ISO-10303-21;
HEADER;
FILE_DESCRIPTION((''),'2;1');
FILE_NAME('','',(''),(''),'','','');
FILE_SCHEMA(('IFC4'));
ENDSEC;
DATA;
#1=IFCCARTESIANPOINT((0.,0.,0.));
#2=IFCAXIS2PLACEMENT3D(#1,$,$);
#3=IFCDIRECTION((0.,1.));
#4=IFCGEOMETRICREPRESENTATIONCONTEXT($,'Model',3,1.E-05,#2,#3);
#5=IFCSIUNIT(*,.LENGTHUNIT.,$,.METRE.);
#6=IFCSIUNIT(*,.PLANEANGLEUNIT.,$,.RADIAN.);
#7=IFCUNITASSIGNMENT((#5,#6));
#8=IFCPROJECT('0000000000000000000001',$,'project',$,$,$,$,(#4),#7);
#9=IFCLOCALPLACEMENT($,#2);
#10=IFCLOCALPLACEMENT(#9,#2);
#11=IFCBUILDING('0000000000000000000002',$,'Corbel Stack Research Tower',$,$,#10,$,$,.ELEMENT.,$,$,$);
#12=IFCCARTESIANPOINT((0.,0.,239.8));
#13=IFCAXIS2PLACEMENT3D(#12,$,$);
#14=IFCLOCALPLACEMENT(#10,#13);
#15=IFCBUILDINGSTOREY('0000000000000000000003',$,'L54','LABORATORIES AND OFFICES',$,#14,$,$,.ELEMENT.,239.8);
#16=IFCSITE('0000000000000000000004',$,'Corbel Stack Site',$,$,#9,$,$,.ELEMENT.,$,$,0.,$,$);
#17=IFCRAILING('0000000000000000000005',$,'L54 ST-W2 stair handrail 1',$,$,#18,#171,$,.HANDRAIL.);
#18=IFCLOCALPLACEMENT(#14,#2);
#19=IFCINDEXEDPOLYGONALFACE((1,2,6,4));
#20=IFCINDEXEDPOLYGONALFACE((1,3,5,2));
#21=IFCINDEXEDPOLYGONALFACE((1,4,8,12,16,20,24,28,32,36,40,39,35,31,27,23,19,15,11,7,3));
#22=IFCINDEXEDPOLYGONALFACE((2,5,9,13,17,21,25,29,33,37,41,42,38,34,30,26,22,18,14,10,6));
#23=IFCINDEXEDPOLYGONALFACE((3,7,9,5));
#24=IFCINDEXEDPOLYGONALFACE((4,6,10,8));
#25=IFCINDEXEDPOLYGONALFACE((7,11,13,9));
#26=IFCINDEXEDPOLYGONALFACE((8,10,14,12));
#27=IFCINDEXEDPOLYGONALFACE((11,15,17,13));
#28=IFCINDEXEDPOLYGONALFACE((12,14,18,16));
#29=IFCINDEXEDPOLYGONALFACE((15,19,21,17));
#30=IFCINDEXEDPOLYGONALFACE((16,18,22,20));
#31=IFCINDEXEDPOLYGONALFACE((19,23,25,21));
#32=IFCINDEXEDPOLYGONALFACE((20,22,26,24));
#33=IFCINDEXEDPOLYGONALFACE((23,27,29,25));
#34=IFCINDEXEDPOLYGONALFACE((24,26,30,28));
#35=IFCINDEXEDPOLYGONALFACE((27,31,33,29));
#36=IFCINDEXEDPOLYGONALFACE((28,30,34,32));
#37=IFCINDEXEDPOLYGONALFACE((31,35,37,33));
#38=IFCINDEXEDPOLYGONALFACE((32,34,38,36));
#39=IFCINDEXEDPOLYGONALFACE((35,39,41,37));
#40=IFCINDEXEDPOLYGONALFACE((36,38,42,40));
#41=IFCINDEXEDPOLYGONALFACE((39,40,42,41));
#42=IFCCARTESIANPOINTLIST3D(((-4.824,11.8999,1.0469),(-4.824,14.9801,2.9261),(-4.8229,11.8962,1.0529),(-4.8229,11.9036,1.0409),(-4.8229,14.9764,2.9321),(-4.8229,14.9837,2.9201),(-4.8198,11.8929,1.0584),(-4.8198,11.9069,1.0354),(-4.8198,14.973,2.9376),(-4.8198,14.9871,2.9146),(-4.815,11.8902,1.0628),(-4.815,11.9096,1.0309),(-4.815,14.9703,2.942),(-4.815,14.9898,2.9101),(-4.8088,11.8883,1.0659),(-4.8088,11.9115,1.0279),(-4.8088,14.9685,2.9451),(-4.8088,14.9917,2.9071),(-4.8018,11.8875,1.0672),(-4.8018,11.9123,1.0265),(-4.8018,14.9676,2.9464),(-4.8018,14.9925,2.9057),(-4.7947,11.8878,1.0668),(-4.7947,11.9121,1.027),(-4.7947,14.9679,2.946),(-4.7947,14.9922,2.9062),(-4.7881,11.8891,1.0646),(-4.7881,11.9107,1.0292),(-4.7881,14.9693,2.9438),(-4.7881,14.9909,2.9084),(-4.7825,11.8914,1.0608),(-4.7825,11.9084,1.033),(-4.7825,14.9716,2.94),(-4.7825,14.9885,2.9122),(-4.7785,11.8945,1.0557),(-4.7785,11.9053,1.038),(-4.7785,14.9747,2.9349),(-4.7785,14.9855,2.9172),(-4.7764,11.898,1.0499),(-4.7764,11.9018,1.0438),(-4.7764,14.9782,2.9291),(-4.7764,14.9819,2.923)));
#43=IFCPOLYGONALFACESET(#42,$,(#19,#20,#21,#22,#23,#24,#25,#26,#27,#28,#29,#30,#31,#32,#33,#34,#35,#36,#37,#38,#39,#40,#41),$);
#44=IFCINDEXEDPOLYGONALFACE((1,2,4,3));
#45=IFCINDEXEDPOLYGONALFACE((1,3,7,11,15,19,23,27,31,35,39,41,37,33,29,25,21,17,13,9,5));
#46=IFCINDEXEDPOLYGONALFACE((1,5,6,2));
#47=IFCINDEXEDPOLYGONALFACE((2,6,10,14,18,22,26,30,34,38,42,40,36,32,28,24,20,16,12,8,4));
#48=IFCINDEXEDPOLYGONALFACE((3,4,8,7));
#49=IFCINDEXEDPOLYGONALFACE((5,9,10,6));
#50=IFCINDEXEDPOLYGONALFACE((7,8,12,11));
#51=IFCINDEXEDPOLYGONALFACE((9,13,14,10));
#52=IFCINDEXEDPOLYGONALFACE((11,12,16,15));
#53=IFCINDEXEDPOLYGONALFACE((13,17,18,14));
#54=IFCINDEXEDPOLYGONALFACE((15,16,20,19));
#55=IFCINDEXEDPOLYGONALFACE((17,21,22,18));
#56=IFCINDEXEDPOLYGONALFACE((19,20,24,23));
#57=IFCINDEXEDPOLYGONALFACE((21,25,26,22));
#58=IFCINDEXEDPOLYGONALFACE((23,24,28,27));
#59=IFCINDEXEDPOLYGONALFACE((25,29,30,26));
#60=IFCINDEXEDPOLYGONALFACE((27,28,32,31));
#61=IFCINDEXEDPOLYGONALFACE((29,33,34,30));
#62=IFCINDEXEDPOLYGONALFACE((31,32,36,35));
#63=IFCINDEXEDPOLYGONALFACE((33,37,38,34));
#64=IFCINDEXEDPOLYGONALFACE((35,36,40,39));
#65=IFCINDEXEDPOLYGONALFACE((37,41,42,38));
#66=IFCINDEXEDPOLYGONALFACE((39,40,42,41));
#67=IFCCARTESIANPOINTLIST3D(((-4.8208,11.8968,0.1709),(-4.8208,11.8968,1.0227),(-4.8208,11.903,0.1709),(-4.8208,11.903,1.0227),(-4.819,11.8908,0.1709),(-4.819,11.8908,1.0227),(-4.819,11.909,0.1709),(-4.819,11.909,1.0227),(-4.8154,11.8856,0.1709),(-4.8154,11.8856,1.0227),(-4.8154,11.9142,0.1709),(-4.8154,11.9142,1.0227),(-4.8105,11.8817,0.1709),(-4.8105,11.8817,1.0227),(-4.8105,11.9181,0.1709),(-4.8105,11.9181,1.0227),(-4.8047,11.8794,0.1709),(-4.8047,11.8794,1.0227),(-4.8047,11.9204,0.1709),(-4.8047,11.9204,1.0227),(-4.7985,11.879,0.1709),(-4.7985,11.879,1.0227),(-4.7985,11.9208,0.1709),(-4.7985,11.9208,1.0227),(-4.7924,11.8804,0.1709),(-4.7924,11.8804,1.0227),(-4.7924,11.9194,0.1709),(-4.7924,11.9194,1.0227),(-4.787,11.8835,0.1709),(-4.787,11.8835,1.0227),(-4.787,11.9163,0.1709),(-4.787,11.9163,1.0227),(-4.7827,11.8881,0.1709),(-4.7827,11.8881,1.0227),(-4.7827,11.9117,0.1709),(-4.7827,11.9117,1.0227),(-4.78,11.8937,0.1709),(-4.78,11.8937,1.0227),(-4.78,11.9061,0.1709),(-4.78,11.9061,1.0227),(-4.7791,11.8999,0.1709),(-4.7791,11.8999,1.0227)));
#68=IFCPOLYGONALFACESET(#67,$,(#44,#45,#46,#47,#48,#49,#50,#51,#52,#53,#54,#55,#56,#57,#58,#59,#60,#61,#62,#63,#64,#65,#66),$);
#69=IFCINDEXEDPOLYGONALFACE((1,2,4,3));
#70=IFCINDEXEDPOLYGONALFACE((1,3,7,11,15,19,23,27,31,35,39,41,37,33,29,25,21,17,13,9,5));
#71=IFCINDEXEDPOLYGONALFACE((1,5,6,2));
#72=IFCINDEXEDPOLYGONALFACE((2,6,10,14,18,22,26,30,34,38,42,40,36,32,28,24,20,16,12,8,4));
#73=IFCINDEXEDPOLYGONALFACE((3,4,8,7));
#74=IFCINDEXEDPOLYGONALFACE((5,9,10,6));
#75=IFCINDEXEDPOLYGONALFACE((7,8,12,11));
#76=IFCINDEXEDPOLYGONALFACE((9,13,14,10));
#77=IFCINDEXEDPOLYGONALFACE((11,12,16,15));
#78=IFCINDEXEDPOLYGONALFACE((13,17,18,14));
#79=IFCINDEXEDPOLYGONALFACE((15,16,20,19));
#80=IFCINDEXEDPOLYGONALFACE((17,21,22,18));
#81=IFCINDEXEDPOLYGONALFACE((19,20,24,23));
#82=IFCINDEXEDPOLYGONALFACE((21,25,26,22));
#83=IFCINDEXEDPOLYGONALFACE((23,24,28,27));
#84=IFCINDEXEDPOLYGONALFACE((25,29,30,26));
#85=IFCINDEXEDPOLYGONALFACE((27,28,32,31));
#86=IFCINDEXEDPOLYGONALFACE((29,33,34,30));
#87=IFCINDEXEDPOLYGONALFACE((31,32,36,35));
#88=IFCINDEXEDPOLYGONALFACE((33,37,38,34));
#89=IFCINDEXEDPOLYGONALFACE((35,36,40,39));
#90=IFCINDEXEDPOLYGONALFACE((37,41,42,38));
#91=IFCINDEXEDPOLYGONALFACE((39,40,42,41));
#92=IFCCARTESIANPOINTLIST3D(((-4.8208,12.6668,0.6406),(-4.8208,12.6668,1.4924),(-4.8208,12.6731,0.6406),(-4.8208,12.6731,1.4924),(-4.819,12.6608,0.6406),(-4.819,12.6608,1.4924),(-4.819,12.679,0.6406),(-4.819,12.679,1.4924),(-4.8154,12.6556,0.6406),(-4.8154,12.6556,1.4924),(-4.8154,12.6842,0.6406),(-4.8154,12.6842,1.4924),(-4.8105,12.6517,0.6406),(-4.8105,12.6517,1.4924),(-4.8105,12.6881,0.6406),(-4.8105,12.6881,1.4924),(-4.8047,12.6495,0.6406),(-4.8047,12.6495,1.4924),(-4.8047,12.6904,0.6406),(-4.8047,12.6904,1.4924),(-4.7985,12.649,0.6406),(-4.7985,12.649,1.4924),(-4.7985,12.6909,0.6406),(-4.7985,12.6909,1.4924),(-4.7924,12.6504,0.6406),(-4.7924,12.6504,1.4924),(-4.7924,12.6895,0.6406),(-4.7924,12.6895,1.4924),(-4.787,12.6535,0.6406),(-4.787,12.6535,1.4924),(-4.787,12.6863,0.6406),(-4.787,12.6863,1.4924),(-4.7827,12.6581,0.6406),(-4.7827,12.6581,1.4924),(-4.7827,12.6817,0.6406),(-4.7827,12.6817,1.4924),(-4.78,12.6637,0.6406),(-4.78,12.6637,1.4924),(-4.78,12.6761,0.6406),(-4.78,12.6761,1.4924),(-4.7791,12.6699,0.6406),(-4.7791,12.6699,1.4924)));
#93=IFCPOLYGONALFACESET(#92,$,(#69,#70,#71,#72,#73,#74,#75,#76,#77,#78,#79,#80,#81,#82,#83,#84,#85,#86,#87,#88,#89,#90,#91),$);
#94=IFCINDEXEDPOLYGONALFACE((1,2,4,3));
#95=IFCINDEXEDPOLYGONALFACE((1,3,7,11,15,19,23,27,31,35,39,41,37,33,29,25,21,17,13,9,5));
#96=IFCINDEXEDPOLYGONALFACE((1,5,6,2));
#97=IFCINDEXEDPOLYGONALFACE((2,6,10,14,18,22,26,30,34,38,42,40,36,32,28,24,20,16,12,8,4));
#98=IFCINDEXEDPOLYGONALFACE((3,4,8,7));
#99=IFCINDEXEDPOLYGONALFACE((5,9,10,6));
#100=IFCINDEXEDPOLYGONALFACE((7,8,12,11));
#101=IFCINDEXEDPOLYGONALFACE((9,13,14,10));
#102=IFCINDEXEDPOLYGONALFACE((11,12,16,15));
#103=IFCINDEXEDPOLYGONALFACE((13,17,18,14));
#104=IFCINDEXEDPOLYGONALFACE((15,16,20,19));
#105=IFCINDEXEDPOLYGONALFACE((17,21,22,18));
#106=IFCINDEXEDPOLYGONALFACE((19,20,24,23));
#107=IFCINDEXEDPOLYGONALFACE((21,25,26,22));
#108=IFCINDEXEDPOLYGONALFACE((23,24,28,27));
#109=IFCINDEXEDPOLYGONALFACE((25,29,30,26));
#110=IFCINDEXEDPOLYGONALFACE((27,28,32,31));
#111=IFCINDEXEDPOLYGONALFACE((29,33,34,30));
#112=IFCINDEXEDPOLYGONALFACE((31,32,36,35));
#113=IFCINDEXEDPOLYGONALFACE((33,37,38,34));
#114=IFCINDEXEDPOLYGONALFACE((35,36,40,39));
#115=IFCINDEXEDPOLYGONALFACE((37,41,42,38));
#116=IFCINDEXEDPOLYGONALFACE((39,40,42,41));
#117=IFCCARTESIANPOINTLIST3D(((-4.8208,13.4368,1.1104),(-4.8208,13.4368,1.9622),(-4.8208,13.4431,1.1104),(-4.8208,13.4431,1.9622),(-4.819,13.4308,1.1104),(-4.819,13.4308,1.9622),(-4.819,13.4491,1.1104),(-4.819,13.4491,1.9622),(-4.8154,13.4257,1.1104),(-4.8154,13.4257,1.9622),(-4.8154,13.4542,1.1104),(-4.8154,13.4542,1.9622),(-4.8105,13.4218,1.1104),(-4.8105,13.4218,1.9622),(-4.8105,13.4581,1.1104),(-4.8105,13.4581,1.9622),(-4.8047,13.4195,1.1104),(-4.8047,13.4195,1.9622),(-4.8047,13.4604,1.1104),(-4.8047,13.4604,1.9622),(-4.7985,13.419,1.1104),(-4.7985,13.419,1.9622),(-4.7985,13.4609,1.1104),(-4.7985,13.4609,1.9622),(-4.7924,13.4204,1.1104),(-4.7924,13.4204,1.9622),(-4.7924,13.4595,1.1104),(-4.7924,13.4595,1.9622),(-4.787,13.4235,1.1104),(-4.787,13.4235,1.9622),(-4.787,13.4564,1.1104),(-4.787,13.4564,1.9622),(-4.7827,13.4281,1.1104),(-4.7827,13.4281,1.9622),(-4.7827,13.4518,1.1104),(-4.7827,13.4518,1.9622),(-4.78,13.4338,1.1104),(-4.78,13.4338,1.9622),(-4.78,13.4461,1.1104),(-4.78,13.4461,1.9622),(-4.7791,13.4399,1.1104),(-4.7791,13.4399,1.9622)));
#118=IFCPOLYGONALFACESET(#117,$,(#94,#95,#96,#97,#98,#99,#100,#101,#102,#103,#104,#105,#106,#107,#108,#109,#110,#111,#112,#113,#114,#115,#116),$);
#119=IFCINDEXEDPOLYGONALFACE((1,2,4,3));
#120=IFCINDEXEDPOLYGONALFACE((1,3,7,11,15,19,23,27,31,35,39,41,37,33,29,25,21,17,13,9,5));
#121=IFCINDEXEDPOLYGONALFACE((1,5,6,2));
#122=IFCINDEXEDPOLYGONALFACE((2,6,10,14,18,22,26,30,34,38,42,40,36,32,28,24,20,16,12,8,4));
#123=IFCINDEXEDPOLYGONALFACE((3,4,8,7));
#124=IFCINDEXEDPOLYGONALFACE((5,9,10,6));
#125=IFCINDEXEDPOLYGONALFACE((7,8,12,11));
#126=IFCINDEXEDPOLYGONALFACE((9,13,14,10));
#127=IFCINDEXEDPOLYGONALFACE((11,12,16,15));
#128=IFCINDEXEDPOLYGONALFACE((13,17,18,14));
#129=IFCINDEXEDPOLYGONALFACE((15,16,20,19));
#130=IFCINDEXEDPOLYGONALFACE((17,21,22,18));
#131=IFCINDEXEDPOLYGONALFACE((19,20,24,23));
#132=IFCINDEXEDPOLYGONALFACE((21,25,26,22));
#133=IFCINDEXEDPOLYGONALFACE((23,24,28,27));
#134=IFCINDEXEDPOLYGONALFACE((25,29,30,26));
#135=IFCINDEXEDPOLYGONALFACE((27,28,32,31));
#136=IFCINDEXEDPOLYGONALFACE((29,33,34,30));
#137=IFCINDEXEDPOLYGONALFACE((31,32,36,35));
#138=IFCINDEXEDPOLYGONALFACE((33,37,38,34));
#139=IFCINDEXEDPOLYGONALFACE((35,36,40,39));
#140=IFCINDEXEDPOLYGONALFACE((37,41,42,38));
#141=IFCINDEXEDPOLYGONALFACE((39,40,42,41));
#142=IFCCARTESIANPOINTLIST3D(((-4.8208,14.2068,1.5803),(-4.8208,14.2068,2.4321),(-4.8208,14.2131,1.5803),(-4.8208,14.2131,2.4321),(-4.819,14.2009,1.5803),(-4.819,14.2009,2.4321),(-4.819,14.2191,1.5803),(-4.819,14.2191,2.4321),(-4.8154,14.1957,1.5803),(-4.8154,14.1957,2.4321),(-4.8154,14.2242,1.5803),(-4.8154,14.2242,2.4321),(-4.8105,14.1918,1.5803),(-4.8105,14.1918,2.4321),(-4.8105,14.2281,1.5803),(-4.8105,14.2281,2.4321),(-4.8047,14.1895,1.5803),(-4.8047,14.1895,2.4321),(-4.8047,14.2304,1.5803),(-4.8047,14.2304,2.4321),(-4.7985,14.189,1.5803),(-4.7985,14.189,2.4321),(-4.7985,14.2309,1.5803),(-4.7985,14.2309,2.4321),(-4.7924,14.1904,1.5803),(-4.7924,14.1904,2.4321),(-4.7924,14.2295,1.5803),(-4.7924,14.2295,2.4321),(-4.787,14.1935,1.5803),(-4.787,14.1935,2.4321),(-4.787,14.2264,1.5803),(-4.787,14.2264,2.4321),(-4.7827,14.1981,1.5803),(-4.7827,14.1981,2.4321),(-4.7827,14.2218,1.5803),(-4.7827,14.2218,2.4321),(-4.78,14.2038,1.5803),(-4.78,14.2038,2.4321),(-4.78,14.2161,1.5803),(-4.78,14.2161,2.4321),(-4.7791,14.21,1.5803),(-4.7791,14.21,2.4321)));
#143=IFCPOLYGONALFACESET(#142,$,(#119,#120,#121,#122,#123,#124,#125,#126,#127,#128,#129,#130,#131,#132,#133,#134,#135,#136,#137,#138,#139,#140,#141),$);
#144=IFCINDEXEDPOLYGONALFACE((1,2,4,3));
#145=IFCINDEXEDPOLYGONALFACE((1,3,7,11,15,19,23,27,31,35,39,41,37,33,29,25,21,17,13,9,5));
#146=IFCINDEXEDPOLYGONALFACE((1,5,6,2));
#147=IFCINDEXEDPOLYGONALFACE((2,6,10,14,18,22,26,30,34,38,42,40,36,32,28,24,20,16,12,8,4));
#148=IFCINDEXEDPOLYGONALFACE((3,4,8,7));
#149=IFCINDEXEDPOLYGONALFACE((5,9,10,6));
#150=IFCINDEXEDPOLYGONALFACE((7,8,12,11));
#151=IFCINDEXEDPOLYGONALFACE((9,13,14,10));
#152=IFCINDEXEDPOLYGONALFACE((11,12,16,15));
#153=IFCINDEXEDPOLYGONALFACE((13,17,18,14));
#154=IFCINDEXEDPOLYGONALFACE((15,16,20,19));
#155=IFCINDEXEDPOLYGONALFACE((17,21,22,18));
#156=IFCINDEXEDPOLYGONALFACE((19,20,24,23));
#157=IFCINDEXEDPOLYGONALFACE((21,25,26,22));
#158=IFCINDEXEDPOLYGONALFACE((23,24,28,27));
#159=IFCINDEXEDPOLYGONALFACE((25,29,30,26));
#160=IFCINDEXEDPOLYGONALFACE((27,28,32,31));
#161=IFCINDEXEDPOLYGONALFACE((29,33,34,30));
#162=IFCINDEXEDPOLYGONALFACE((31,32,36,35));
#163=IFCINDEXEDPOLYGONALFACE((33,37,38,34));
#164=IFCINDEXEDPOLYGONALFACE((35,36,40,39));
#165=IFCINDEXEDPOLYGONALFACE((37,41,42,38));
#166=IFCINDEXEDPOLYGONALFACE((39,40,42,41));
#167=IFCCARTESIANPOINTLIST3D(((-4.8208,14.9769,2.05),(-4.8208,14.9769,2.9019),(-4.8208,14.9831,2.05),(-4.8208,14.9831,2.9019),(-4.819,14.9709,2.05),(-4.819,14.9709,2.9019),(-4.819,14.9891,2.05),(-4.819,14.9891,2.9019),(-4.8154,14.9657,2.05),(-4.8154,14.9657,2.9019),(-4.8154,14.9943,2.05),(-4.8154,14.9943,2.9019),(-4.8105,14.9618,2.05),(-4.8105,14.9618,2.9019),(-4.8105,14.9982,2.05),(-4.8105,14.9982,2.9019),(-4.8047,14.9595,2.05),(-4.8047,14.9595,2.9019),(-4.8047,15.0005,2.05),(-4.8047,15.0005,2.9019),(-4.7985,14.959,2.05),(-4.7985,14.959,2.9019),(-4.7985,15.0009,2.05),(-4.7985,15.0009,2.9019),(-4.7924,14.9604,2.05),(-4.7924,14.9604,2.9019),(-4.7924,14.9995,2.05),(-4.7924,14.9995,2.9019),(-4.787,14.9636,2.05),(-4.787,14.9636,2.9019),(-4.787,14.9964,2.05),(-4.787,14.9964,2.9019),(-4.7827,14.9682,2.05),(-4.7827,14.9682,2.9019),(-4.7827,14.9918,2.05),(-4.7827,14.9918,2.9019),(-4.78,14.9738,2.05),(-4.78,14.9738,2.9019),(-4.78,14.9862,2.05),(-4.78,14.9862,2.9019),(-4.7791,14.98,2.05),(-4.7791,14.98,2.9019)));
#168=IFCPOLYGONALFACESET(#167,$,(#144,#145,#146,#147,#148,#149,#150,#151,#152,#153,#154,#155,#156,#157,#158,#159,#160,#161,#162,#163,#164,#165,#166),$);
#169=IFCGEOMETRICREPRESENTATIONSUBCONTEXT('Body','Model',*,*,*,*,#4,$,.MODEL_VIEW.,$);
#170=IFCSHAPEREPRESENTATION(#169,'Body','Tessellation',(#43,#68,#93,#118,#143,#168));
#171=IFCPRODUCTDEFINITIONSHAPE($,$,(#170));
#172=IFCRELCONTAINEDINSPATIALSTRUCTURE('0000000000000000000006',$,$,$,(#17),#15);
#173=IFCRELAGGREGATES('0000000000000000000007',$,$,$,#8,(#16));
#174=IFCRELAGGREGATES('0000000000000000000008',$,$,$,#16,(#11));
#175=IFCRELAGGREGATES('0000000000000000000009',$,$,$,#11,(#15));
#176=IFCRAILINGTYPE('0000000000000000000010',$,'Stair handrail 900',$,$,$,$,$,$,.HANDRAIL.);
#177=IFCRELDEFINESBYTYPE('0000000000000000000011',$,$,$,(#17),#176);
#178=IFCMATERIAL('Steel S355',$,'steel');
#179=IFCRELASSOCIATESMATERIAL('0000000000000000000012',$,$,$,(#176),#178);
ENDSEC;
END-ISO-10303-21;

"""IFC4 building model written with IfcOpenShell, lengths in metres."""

from ifc_helpers import new_model, si_unit, direction, frame, origin, origin_2d, place, context, subcontext, project, spatial, circle, extrude, material, type_object, element, save


model = new_model("IFC4")

# Units and contexts
model_context = context("Model", 3, precision=1e-05, world=origin(), true_north=direction((0.0, 1.0)))
body_context = subcontext(model_context, "Body", "Model", "MODEL_VIEW")
ifc_project = project(units=[si_unit("LENGTHUNIT", "METRE"), si_unit("PLANEANGLEUNIT", "RADIAN")], contexts=[model_context])

# Site, building, storey
site_placement = place(None, origin())
site = spatial("IfcSite", under=ifc_project, at=site_placement, Name="Corbel Stack Site", CompositionType="ELEMENT", RefElevation=0.0)
building_placement = place(site_placement, origin())
building = spatial("IfcBuilding", under=site, at=building_placement, Name="Corbel Stack Research Tower", CompositionType="ELEMENT")
storey_placement = place(building_placement, frame((0.0, 0.0, 239.8)))
storey = spatial("IfcBuildingStorey", under=building, at=storey_placement, Name="L54", Description="LABORATORIES AND OFFICES", CompositionType="ELEMENT", Elevation=239.8)

# Railing
ifc_material_1 = material(Name="Steel S355", Category="steel")
railing_type_1 = type_object("IfcRailingType", Name="Stair handrail 900", PredefinedType="HANDRAIL", material=ifc_material_1)
railing_1_placement = place(storey_placement, frame((-4.8, 11.8999, 0.1709)))
element("IfcRailing", 1, at=railing_1_placement, inside=storey, type_object=railing_type_1, Name="L54 ST-W2 stair handrail 1", PredefinedType="HANDRAIL", context=body_context, shape_type="SweptSolid", body=[
    extrude(circle(Radius=0.0239, at=origin_2d()), frame((0.0, 0.0, 0.876), z_axis=(0.0, 0.853666, 0.52082), x_axis=(-1.0, 0.0, 0.0)), (0.0, 0.0, 1.0), 3.6082),
    extrude(circle(Radius=0.021, at=origin_2d()), origin(), (0.0, 0.0, 1.0), 0.8518),
    extrude(circle(Radius=0.021, at=origin_2d()), frame((0.0, 0.77, 0.4697)), (0.0, 0.0, 1.0), 0.8518),
    extrude(circle(Radius=0.021, at=origin_2d()), frame((0.0, 1.54, 0.9395)), (0.0, 0.0, 1.0), 0.8518),
    extrude(circle(Radius=0.021, at=origin_2d()), frame((0.0, 2.3101, 1.4094)), (0.0, 0.0, 1.0), 0.8518),
    extrude(circle(Radius=0.021, at=origin_2d()), frame((0.0, 3.0801, 1.8792)), (0.0, 0.0, 1.0), 0.8518),
])

save(model, "model.ifc")
